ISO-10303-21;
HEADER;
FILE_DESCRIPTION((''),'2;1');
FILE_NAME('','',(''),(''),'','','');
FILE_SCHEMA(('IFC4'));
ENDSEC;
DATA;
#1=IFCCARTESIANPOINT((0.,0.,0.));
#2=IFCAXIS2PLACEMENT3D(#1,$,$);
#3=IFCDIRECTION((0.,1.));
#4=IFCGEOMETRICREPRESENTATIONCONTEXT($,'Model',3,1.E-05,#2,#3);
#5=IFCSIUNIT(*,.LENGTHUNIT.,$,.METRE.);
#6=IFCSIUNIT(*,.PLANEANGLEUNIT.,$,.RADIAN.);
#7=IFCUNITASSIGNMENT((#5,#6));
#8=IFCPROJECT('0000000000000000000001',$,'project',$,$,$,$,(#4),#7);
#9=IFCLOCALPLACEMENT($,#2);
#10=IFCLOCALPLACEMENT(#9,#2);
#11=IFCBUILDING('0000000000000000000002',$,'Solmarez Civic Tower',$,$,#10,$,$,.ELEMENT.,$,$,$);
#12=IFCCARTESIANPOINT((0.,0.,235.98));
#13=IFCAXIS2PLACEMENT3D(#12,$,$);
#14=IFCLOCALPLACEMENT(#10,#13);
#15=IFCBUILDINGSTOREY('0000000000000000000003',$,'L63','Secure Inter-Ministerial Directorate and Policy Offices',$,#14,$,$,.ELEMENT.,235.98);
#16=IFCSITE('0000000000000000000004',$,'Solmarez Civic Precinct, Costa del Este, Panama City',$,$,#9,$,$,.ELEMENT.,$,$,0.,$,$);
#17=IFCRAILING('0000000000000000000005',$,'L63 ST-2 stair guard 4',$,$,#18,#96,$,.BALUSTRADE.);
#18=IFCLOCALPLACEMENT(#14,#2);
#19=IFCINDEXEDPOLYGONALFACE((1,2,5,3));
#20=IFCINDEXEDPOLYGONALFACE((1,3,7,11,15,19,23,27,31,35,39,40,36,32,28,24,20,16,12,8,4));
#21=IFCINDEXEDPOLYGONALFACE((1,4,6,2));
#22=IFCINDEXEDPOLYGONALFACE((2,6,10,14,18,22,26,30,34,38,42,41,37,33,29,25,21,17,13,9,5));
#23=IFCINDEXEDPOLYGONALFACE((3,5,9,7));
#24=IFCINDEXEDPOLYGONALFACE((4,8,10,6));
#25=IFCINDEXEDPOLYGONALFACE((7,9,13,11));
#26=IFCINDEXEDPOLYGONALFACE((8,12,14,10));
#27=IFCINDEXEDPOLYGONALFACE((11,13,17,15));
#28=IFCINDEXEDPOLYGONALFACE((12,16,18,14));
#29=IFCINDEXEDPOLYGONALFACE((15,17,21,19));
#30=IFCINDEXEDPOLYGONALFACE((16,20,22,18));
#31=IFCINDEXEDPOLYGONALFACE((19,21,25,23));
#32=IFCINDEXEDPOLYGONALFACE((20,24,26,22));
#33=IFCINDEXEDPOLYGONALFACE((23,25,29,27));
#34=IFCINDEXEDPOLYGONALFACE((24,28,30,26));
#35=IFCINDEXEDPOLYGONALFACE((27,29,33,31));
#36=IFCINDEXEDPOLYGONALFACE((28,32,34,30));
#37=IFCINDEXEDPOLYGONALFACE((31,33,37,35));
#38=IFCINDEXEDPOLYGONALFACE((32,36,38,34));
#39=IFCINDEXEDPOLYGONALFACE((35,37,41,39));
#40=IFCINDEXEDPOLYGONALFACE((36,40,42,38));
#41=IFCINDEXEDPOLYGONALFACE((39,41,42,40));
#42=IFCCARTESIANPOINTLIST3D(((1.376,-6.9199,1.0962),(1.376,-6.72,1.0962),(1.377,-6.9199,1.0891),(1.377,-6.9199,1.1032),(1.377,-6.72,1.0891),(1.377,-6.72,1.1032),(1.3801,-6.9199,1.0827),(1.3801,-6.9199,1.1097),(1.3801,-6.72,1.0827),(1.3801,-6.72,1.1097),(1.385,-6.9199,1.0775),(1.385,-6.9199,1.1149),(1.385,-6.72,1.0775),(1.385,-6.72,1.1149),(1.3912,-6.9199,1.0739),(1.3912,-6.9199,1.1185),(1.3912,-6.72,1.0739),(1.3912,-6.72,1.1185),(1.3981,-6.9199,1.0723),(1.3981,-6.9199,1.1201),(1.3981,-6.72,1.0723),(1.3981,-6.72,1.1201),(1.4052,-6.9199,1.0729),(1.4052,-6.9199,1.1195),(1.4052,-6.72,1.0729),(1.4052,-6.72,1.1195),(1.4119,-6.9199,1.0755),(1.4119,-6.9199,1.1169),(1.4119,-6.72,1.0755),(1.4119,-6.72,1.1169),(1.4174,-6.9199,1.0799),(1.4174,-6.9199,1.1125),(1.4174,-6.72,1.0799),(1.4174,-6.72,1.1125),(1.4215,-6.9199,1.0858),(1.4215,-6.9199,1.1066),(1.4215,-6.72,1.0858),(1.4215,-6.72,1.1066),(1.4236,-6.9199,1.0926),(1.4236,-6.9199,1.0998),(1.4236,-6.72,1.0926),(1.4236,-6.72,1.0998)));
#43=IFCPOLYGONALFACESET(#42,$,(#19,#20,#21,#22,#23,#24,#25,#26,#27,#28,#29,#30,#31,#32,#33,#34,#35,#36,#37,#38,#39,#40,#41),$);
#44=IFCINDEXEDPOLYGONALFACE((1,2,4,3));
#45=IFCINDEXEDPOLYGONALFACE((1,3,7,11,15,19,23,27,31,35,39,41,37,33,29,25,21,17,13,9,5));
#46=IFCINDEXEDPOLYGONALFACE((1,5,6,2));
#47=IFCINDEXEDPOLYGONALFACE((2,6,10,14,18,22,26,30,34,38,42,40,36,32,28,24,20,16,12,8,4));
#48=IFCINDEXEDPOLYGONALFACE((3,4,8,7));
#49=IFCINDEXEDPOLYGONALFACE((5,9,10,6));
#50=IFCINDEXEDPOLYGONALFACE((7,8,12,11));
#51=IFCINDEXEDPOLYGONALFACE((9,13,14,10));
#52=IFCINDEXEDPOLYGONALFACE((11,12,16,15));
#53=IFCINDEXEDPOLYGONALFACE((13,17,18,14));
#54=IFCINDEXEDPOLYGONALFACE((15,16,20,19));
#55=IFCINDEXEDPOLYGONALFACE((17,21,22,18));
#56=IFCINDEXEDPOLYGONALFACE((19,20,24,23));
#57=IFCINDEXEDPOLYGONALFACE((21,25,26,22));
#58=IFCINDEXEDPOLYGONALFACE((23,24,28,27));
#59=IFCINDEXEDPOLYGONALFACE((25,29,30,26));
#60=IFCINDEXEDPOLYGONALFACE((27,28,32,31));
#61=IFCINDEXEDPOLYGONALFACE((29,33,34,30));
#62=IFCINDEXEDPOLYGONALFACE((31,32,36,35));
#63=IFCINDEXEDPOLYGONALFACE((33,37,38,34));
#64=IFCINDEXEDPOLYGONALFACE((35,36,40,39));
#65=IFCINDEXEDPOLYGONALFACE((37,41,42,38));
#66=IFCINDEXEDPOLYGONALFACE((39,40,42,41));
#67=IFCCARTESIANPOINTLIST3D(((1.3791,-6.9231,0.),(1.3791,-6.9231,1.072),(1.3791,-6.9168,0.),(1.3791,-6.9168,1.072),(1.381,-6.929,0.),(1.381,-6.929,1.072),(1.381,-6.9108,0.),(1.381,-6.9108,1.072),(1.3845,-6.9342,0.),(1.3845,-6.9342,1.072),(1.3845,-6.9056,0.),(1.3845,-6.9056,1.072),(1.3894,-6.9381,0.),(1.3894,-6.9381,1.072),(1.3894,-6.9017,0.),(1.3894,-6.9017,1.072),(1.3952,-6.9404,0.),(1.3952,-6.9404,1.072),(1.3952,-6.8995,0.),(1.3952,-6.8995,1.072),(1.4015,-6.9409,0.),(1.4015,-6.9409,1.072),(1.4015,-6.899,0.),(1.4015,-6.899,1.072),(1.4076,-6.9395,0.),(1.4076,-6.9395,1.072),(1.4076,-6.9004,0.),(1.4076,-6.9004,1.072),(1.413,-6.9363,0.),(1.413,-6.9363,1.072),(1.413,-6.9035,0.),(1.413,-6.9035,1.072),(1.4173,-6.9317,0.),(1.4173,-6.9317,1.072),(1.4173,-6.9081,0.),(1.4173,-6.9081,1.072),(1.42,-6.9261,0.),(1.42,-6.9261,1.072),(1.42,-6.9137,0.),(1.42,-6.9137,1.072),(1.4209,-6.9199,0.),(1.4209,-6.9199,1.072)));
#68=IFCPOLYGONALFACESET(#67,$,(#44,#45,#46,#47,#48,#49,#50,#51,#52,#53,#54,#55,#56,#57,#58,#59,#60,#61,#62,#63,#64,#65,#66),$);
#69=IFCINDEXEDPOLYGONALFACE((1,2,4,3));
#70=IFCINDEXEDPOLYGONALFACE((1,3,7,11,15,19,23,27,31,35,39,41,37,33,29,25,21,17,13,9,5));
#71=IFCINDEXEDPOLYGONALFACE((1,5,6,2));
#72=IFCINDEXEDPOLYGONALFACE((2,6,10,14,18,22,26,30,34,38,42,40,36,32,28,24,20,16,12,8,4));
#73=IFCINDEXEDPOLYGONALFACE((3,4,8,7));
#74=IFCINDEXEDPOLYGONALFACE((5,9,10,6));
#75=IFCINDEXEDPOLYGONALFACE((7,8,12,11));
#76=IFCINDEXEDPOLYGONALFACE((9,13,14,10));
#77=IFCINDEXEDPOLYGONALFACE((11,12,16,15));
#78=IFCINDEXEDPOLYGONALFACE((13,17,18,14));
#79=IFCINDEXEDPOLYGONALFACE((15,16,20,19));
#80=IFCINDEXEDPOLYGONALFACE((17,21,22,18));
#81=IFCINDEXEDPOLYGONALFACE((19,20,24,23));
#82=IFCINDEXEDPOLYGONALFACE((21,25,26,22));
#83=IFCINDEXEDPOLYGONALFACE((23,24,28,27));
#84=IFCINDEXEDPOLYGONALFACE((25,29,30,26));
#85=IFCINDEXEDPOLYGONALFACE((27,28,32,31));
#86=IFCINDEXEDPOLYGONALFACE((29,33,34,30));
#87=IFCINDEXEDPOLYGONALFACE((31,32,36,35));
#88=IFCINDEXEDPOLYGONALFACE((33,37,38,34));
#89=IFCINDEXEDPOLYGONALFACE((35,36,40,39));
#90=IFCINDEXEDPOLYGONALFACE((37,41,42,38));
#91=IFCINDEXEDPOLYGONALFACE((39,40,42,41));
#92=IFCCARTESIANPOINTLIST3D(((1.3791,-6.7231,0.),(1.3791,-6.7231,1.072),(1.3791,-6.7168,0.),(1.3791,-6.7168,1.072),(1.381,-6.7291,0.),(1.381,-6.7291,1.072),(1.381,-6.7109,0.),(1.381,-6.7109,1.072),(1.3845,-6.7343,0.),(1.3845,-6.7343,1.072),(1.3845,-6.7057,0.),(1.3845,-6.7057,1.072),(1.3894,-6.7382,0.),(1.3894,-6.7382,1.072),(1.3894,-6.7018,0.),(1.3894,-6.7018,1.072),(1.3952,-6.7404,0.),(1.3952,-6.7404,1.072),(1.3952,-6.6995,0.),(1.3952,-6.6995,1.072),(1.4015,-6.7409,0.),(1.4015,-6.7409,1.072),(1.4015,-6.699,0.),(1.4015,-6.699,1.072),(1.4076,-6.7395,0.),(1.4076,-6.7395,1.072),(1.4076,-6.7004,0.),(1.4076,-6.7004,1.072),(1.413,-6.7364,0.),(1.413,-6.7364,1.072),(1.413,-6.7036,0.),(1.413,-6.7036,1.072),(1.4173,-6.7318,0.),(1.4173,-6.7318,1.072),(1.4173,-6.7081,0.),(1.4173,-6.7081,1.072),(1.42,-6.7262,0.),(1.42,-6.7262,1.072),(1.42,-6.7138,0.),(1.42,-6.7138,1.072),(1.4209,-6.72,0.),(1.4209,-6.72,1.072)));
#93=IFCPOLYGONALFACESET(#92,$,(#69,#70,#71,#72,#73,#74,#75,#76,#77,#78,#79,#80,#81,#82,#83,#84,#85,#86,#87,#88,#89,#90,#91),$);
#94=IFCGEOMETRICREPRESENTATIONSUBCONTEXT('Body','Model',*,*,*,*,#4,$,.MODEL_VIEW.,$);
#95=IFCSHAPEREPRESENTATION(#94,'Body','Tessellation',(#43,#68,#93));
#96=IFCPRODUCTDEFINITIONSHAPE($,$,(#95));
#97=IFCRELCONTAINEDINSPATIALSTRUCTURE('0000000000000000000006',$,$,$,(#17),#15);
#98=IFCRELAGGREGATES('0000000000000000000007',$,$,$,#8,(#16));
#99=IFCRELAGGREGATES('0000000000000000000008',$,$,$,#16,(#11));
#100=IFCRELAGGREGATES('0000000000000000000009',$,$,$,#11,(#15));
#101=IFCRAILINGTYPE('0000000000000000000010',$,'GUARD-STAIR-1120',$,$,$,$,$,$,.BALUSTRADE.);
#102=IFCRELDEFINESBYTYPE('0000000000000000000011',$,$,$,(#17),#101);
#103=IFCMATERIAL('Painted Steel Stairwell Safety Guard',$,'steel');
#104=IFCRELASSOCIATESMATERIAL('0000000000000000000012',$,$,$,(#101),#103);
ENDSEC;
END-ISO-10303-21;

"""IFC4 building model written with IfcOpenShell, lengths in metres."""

from ifc_helpers import new_model, si_unit, direction, frame, origin, origin_2d, place, context, subcontext, project, spatial, circle, extrude, material, type_object, element, save


model = new_model("IFC4")

# Units and contexts
model_context = context("Model", 3, precision=1e-05, world=origin(), true_north=direction((0.0, 1.0)))
body_context = subcontext(model_context, "Body", "Model", "MODEL_VIEW")
ifc_project = project(units=[si_unit("LENGTHUNIT", "METRE"), si_unit("PLANEANGLEUNIT", "RADIAN")], contexts=[model_context])

# Site, building, storey
site_placement = place(None, origin())
site = spatial("IfcSite", under=ifc_project, at=site_placement, Name="Solmarez Civic Precinct, Costa del Este, Panama City", CompositionType="ELEMENT", RefElevation=0.0)
building_placement = place(site_placement, origin())
building = spatial("IfcBuilding", under=site, at=building_placement, Name="Solmarez Civic Tower", CompositionType="ELEMENT")
storey_placement = place(building_placement, frame((0.0, 0.0, 235.98)))
storey = spatial("IfcBuildingStorey", under=building, at=storey_placement, Name="L63", Description="Secure Inter-Ministerial Directorate and Policy Offices", CompositionType="ELEMENT", Elevation=235.98)

# Railing
ifc_material_1 = material(Name="Painted Steel Stairwell Safety Guard", Category="steel")
railing_type_1 = type_object("IfcRailingType", Name="GUARD-STAIR-1120", PredefinedType="BALUSTRADE", material=ifc_material_1)
railing_1_placement = place(storey_placement, frame((1.3999, -6.9199, 0.0)))
element("IfcRailing", 1, at=railing_1_placement, inside=storey, type_object=railing_type_1, Name="L63 ST-2 stair guard 4", PredefinedType="BALUSTRADE", context=body_context, shape_type="SweptSolid", body=[
    extrude(circle(Radius=0.0239, at=origin_2d()), frame((0.0, 0.0, 1.0962), z_axis=(0.0, 1.0, 0.0), x_axis=(-1.0, 0.0, 0.0)), (0.0, 0.0, 1.0), 0.2),
    extrude(circle(Radius=0.021, at=origin_2d()), origin(), (0.0, 0.0, 1.0), 1.072),
    extrude(circle(Radius=0.021, at=origin_2d()), frame((0.0, 0.2, 0.0)), (0.0, 0.0, 1.0), 1.072),
])

save(model, "model.ifc")
